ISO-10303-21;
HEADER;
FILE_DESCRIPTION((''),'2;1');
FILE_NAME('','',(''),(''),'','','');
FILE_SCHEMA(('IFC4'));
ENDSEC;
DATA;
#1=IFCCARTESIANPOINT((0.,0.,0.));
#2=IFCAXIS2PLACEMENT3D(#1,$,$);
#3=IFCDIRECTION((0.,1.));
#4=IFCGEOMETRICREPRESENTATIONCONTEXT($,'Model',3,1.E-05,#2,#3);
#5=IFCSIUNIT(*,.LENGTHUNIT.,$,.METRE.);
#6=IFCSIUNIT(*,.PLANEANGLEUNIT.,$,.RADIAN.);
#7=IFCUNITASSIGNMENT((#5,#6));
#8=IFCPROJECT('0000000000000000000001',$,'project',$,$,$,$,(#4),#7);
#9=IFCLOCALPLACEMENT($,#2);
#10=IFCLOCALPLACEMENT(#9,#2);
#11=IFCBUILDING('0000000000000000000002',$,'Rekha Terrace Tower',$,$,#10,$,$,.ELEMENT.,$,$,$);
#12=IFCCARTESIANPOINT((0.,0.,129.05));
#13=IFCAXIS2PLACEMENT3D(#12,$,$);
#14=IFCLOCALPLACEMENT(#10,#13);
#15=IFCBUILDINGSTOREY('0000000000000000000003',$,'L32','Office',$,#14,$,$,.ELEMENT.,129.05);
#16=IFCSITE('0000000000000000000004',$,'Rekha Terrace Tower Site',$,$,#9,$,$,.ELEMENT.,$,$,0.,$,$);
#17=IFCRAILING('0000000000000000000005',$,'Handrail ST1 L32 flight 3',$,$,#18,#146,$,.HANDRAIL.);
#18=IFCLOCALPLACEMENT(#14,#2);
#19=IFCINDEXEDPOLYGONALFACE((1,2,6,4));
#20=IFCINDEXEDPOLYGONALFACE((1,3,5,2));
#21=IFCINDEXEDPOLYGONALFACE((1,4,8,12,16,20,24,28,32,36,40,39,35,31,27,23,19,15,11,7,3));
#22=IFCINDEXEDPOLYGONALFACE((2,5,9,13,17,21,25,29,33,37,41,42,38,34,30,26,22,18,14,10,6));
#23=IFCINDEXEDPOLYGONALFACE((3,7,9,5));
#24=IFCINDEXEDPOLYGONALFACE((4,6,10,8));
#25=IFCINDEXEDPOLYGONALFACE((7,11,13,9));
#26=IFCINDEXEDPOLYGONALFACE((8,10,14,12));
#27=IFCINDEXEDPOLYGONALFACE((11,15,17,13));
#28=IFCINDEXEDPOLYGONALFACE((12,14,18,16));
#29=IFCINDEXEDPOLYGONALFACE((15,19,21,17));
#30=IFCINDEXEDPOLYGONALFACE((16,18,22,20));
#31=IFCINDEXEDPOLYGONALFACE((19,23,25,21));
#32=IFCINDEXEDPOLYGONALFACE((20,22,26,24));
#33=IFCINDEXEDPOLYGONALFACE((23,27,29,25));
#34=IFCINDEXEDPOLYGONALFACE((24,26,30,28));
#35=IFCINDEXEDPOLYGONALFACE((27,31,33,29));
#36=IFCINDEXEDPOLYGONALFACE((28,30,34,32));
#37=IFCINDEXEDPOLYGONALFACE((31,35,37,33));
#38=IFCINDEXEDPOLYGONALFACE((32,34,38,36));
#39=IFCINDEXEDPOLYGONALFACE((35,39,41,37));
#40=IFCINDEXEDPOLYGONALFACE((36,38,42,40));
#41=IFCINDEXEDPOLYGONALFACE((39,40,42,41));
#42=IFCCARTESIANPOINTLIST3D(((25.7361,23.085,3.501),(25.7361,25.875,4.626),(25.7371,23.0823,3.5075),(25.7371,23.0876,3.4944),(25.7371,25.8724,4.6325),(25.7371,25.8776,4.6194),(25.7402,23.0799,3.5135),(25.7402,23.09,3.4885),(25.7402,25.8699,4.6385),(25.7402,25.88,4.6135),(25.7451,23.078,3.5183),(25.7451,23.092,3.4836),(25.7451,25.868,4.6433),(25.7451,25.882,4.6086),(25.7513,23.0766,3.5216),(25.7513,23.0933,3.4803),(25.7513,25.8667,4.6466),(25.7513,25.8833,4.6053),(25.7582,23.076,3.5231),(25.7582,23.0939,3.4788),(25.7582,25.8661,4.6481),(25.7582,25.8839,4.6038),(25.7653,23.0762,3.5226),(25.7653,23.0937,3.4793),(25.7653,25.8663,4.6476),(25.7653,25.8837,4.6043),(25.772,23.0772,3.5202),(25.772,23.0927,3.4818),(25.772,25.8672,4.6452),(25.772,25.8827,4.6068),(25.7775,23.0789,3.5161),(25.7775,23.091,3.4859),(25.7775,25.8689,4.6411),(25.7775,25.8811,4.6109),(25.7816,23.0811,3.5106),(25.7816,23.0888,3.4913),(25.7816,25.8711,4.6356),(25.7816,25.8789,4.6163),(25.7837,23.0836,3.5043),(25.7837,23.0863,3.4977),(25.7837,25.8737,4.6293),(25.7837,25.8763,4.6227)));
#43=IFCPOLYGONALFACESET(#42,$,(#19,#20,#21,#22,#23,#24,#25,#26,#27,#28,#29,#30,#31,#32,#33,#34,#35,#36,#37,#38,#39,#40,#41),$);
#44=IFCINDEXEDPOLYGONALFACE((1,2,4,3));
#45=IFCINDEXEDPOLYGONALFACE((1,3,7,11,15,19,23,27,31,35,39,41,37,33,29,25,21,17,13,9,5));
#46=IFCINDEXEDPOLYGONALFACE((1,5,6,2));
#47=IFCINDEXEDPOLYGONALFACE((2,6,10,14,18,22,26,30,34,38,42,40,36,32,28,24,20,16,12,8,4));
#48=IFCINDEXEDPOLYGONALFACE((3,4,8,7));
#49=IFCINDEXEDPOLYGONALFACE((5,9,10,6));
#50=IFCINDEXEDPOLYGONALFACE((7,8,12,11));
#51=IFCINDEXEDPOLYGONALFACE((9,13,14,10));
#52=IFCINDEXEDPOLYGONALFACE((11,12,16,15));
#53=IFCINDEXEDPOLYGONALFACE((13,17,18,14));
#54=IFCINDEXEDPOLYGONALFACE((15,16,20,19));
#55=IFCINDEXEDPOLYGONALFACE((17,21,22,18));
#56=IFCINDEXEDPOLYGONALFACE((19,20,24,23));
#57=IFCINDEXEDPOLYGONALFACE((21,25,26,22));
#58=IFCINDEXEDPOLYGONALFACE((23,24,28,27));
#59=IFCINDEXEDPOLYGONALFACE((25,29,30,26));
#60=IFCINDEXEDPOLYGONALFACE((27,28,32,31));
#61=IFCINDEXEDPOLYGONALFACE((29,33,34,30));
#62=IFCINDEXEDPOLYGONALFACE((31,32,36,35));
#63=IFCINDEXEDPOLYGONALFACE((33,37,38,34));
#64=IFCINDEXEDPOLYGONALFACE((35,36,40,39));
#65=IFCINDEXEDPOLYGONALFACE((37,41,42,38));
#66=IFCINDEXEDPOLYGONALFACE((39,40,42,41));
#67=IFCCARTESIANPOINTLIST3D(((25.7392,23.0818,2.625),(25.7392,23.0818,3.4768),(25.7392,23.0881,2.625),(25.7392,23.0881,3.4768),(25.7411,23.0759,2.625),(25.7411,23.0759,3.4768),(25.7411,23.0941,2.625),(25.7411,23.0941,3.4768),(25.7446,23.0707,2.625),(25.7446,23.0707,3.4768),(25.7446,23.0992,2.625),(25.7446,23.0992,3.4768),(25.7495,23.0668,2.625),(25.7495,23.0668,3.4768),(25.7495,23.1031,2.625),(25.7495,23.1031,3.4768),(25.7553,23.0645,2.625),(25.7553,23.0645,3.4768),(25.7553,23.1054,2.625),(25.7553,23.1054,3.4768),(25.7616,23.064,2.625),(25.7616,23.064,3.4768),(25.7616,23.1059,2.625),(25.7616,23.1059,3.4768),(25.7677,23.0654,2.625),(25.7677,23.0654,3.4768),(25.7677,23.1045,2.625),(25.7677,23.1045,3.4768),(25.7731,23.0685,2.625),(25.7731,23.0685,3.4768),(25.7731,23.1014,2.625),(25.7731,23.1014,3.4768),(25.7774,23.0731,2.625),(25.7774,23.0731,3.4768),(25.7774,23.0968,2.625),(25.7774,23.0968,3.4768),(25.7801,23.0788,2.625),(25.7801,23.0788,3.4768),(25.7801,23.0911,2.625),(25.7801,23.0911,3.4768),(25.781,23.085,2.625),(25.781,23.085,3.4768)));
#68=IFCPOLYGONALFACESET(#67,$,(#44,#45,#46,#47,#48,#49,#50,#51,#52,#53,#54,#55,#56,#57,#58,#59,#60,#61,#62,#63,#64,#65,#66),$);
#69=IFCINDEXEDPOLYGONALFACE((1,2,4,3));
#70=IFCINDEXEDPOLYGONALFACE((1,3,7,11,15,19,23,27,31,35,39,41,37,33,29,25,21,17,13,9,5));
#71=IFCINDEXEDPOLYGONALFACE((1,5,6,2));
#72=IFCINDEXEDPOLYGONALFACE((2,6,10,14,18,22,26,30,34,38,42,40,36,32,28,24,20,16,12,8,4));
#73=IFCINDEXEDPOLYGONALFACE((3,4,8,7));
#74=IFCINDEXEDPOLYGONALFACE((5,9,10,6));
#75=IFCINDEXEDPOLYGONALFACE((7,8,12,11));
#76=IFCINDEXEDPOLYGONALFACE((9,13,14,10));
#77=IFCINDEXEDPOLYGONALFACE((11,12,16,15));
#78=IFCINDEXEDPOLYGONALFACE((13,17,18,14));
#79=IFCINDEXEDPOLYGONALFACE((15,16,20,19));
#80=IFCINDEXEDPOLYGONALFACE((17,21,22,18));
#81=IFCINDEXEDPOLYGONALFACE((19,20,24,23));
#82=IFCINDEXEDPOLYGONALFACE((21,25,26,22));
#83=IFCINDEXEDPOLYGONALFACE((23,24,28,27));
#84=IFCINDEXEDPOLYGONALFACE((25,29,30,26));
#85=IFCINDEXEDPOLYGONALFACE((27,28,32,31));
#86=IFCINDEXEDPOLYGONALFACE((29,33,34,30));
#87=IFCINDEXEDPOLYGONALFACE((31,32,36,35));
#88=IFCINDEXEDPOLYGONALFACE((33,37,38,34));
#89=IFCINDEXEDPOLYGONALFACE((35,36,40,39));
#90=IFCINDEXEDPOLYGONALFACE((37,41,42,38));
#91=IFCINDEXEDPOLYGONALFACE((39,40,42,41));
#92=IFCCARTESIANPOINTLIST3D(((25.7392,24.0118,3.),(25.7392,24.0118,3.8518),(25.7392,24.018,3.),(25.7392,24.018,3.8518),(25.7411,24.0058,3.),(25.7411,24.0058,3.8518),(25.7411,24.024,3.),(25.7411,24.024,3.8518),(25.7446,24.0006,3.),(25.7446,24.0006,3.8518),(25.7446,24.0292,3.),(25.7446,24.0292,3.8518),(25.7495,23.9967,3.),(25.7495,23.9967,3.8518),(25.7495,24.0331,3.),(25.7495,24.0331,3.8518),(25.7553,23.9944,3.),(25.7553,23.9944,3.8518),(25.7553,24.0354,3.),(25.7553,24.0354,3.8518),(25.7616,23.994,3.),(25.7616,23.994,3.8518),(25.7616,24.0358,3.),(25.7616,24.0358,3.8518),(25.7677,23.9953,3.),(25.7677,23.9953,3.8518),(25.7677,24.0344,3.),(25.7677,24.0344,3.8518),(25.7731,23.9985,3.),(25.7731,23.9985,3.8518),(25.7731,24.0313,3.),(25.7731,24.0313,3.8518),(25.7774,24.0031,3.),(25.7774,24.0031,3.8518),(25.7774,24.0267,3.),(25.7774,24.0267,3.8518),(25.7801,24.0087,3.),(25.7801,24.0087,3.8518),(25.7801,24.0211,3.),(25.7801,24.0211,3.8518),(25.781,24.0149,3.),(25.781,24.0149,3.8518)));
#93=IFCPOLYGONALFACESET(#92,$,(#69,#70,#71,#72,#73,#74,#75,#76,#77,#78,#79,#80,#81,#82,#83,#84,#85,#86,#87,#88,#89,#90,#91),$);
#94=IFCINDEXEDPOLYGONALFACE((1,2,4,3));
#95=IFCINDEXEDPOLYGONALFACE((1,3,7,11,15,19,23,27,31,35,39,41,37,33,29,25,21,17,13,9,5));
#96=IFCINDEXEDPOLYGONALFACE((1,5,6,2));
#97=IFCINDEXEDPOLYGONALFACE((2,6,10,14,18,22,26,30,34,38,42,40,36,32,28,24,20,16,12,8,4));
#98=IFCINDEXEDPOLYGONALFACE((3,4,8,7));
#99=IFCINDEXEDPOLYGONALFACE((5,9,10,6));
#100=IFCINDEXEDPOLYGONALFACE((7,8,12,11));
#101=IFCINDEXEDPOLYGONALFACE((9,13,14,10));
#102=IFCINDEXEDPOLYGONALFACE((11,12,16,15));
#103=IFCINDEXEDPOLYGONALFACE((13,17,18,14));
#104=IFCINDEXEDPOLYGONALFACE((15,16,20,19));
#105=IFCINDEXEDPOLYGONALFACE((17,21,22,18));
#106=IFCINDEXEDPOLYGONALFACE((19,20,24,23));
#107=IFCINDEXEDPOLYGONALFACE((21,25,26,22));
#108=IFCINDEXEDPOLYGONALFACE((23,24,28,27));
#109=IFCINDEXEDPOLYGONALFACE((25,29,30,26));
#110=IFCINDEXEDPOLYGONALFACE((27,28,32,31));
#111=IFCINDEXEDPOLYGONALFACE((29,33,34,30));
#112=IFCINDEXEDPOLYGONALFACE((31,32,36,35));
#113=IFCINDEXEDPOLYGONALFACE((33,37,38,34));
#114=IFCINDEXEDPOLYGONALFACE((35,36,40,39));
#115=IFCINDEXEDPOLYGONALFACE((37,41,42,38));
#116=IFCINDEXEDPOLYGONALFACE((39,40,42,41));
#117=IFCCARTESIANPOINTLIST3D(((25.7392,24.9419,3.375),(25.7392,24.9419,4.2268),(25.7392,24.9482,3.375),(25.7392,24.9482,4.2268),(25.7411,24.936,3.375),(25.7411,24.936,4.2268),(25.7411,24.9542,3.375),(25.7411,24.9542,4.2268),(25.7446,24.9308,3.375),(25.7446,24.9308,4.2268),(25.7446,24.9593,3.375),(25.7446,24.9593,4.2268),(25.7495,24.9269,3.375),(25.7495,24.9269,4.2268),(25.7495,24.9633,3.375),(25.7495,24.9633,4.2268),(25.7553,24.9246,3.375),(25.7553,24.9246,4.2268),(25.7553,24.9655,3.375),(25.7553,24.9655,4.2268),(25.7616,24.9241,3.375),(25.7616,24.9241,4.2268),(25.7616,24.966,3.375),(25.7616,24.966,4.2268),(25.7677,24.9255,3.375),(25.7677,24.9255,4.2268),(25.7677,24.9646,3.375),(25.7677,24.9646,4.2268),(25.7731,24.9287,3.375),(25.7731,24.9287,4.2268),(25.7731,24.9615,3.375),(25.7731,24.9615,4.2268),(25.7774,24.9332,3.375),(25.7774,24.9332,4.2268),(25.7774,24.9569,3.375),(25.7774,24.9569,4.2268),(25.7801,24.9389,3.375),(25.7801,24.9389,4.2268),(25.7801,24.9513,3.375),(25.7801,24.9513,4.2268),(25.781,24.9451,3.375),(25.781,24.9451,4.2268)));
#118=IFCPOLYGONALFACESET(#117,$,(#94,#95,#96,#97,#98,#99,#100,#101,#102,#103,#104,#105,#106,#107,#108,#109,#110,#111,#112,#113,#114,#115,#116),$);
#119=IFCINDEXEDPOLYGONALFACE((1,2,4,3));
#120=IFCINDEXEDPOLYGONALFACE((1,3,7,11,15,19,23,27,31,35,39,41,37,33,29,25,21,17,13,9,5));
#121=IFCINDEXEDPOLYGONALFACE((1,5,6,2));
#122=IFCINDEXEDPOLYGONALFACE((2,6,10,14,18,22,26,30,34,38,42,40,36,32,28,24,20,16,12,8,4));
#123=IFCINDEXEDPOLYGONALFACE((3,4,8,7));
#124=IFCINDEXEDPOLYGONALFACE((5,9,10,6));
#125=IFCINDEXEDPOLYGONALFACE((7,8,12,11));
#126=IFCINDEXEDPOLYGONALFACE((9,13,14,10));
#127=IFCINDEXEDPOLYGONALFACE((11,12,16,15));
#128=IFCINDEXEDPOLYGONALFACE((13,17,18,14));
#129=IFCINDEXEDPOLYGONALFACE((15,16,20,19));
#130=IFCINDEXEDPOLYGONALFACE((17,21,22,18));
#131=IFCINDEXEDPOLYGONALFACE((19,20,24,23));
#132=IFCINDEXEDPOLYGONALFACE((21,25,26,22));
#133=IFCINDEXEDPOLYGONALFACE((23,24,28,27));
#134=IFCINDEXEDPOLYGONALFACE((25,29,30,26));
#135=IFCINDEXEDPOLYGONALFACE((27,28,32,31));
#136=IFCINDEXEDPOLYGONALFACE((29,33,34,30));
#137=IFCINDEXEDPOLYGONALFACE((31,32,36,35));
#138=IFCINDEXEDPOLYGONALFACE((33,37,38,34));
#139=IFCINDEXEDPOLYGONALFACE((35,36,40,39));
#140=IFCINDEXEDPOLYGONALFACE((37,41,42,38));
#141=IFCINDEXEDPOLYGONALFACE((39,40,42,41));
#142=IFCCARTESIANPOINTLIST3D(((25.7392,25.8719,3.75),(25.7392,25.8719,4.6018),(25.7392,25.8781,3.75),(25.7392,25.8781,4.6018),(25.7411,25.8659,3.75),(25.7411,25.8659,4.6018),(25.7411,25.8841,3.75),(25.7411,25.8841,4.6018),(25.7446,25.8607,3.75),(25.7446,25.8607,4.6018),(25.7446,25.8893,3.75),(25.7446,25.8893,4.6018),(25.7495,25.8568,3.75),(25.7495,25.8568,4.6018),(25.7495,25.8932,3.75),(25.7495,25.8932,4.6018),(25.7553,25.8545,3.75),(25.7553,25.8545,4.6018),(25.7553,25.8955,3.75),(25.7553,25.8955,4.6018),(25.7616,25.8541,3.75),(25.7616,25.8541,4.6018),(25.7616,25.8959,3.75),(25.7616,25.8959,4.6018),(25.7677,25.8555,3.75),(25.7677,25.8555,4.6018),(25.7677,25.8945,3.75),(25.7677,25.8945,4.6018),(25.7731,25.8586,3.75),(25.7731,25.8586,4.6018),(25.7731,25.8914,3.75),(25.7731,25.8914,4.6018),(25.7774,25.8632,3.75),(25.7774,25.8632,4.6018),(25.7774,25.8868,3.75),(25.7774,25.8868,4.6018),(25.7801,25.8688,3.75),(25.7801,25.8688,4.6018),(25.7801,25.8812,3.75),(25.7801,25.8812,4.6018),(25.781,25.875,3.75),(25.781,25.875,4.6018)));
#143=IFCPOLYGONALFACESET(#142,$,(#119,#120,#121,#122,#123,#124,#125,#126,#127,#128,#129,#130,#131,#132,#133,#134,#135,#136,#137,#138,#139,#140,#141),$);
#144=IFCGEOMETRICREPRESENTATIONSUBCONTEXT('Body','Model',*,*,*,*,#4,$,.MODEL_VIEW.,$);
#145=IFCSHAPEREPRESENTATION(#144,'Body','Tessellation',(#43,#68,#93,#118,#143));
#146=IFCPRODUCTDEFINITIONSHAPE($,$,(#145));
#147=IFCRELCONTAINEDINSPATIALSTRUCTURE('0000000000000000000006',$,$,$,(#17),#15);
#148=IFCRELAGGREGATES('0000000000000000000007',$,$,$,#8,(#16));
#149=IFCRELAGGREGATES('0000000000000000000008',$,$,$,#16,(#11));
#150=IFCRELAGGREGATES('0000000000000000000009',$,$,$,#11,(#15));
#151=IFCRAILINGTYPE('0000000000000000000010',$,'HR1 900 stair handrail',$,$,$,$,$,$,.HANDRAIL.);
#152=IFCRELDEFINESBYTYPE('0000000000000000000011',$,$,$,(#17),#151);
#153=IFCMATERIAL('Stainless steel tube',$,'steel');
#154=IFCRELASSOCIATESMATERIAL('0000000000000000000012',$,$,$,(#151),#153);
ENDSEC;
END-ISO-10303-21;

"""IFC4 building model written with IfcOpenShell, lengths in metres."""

from ifc_helpers import new_model, si_unit, direction, frame, origin, origin_2d, place, context, subcontext, project, spatial, circle, extrude, material, type_object, element, save


model = new_model("IFC4")

# Units and contexts
model_context = context("Model", 3, precision=1e-05, world=origin(), true_north=direction((0.0, 1.0)))
body_context = subcontext(model_context, "Body", "Model", "MODEL_VIEW")
ifc_project = project(units=[si_unit("LENGTHUNIT", "METRE"), si_unit("PLANEANGLEUNIT", "RADIAN")], contexts=[model_context])

# Site, building, storey
site_placement = place(None, origin())
site = spatial("IfcSite", under=ifc_project, at=site_placement, Name="Rekha Terrace Tower Site", CompositionType="ELEMENT", RefElevation=0.0)
building_placement = place(site_placement, origin())
building = spatial("IfcBuilding", under=site, at=building_placement, Name="Rekha Terrace Tower", CompositionType="ELEMENT")
storey_placement = place(building_placement, frame((0.0, 0.0, 129.05)))
storey = spatial("IfcBuildingStorey", under=building, at=storey_placement, Name="L32", Description="Office", CompositionType="ELEMENT", Elevation=129.05)

# Railing
ifc_material_1 = material(Name="Stainless steel tube", Category="steel")
railing_type_1 = type_object("IfcRailingType", Name="HR1 900 stair handrail", PredefinedType="HANDRAIL", material=ifc_material_1)
railing_1_placement = place(storey_placement, frame((25.76, 23.085, 2.625)))
element("IfcRailing", 1, at=railing_1_placement, inside=storey, type_object=railing_type_1, Name="Handrail ST1 L32 flight 3", PredefinedType="HANDRAIL", context=body_context, shape_type="SweptSolid", body=[
    extrude(circle(Radius=0.0239, at=origin_2d()), frame((0.0, 0.0, 0.876), z_axis=(0.0, 0.927443, 0.373964), x_axis=(-1.0, 0.0, 0.0)), (0.0, 0.0, 1.0), 3.0083),
    extrude(circle(Radius=0.021, at=origin_2d()), origin(), (0.0, 0.0, 1.0), 0.8518),
    extrude(circle(Radius=0.021, at=origin_2d()), frame((0.0, 0.9299, 0.375)), (0.0, 0.0, 1.0), 0.8518),
    extrude(circle(Radius=0.021, at=origin_2d()), frame((0.0, 1.8601, 0.75)), (0.0, 0.0, 1.0), 0.8518),
    extrude(circle(Radius=0.021, at=origin_2d()), frame((0.0, 2.79, 1.125)), (0.0, 0.0, 1.0), 0.8518),
])

save(model, "model.ifc")
